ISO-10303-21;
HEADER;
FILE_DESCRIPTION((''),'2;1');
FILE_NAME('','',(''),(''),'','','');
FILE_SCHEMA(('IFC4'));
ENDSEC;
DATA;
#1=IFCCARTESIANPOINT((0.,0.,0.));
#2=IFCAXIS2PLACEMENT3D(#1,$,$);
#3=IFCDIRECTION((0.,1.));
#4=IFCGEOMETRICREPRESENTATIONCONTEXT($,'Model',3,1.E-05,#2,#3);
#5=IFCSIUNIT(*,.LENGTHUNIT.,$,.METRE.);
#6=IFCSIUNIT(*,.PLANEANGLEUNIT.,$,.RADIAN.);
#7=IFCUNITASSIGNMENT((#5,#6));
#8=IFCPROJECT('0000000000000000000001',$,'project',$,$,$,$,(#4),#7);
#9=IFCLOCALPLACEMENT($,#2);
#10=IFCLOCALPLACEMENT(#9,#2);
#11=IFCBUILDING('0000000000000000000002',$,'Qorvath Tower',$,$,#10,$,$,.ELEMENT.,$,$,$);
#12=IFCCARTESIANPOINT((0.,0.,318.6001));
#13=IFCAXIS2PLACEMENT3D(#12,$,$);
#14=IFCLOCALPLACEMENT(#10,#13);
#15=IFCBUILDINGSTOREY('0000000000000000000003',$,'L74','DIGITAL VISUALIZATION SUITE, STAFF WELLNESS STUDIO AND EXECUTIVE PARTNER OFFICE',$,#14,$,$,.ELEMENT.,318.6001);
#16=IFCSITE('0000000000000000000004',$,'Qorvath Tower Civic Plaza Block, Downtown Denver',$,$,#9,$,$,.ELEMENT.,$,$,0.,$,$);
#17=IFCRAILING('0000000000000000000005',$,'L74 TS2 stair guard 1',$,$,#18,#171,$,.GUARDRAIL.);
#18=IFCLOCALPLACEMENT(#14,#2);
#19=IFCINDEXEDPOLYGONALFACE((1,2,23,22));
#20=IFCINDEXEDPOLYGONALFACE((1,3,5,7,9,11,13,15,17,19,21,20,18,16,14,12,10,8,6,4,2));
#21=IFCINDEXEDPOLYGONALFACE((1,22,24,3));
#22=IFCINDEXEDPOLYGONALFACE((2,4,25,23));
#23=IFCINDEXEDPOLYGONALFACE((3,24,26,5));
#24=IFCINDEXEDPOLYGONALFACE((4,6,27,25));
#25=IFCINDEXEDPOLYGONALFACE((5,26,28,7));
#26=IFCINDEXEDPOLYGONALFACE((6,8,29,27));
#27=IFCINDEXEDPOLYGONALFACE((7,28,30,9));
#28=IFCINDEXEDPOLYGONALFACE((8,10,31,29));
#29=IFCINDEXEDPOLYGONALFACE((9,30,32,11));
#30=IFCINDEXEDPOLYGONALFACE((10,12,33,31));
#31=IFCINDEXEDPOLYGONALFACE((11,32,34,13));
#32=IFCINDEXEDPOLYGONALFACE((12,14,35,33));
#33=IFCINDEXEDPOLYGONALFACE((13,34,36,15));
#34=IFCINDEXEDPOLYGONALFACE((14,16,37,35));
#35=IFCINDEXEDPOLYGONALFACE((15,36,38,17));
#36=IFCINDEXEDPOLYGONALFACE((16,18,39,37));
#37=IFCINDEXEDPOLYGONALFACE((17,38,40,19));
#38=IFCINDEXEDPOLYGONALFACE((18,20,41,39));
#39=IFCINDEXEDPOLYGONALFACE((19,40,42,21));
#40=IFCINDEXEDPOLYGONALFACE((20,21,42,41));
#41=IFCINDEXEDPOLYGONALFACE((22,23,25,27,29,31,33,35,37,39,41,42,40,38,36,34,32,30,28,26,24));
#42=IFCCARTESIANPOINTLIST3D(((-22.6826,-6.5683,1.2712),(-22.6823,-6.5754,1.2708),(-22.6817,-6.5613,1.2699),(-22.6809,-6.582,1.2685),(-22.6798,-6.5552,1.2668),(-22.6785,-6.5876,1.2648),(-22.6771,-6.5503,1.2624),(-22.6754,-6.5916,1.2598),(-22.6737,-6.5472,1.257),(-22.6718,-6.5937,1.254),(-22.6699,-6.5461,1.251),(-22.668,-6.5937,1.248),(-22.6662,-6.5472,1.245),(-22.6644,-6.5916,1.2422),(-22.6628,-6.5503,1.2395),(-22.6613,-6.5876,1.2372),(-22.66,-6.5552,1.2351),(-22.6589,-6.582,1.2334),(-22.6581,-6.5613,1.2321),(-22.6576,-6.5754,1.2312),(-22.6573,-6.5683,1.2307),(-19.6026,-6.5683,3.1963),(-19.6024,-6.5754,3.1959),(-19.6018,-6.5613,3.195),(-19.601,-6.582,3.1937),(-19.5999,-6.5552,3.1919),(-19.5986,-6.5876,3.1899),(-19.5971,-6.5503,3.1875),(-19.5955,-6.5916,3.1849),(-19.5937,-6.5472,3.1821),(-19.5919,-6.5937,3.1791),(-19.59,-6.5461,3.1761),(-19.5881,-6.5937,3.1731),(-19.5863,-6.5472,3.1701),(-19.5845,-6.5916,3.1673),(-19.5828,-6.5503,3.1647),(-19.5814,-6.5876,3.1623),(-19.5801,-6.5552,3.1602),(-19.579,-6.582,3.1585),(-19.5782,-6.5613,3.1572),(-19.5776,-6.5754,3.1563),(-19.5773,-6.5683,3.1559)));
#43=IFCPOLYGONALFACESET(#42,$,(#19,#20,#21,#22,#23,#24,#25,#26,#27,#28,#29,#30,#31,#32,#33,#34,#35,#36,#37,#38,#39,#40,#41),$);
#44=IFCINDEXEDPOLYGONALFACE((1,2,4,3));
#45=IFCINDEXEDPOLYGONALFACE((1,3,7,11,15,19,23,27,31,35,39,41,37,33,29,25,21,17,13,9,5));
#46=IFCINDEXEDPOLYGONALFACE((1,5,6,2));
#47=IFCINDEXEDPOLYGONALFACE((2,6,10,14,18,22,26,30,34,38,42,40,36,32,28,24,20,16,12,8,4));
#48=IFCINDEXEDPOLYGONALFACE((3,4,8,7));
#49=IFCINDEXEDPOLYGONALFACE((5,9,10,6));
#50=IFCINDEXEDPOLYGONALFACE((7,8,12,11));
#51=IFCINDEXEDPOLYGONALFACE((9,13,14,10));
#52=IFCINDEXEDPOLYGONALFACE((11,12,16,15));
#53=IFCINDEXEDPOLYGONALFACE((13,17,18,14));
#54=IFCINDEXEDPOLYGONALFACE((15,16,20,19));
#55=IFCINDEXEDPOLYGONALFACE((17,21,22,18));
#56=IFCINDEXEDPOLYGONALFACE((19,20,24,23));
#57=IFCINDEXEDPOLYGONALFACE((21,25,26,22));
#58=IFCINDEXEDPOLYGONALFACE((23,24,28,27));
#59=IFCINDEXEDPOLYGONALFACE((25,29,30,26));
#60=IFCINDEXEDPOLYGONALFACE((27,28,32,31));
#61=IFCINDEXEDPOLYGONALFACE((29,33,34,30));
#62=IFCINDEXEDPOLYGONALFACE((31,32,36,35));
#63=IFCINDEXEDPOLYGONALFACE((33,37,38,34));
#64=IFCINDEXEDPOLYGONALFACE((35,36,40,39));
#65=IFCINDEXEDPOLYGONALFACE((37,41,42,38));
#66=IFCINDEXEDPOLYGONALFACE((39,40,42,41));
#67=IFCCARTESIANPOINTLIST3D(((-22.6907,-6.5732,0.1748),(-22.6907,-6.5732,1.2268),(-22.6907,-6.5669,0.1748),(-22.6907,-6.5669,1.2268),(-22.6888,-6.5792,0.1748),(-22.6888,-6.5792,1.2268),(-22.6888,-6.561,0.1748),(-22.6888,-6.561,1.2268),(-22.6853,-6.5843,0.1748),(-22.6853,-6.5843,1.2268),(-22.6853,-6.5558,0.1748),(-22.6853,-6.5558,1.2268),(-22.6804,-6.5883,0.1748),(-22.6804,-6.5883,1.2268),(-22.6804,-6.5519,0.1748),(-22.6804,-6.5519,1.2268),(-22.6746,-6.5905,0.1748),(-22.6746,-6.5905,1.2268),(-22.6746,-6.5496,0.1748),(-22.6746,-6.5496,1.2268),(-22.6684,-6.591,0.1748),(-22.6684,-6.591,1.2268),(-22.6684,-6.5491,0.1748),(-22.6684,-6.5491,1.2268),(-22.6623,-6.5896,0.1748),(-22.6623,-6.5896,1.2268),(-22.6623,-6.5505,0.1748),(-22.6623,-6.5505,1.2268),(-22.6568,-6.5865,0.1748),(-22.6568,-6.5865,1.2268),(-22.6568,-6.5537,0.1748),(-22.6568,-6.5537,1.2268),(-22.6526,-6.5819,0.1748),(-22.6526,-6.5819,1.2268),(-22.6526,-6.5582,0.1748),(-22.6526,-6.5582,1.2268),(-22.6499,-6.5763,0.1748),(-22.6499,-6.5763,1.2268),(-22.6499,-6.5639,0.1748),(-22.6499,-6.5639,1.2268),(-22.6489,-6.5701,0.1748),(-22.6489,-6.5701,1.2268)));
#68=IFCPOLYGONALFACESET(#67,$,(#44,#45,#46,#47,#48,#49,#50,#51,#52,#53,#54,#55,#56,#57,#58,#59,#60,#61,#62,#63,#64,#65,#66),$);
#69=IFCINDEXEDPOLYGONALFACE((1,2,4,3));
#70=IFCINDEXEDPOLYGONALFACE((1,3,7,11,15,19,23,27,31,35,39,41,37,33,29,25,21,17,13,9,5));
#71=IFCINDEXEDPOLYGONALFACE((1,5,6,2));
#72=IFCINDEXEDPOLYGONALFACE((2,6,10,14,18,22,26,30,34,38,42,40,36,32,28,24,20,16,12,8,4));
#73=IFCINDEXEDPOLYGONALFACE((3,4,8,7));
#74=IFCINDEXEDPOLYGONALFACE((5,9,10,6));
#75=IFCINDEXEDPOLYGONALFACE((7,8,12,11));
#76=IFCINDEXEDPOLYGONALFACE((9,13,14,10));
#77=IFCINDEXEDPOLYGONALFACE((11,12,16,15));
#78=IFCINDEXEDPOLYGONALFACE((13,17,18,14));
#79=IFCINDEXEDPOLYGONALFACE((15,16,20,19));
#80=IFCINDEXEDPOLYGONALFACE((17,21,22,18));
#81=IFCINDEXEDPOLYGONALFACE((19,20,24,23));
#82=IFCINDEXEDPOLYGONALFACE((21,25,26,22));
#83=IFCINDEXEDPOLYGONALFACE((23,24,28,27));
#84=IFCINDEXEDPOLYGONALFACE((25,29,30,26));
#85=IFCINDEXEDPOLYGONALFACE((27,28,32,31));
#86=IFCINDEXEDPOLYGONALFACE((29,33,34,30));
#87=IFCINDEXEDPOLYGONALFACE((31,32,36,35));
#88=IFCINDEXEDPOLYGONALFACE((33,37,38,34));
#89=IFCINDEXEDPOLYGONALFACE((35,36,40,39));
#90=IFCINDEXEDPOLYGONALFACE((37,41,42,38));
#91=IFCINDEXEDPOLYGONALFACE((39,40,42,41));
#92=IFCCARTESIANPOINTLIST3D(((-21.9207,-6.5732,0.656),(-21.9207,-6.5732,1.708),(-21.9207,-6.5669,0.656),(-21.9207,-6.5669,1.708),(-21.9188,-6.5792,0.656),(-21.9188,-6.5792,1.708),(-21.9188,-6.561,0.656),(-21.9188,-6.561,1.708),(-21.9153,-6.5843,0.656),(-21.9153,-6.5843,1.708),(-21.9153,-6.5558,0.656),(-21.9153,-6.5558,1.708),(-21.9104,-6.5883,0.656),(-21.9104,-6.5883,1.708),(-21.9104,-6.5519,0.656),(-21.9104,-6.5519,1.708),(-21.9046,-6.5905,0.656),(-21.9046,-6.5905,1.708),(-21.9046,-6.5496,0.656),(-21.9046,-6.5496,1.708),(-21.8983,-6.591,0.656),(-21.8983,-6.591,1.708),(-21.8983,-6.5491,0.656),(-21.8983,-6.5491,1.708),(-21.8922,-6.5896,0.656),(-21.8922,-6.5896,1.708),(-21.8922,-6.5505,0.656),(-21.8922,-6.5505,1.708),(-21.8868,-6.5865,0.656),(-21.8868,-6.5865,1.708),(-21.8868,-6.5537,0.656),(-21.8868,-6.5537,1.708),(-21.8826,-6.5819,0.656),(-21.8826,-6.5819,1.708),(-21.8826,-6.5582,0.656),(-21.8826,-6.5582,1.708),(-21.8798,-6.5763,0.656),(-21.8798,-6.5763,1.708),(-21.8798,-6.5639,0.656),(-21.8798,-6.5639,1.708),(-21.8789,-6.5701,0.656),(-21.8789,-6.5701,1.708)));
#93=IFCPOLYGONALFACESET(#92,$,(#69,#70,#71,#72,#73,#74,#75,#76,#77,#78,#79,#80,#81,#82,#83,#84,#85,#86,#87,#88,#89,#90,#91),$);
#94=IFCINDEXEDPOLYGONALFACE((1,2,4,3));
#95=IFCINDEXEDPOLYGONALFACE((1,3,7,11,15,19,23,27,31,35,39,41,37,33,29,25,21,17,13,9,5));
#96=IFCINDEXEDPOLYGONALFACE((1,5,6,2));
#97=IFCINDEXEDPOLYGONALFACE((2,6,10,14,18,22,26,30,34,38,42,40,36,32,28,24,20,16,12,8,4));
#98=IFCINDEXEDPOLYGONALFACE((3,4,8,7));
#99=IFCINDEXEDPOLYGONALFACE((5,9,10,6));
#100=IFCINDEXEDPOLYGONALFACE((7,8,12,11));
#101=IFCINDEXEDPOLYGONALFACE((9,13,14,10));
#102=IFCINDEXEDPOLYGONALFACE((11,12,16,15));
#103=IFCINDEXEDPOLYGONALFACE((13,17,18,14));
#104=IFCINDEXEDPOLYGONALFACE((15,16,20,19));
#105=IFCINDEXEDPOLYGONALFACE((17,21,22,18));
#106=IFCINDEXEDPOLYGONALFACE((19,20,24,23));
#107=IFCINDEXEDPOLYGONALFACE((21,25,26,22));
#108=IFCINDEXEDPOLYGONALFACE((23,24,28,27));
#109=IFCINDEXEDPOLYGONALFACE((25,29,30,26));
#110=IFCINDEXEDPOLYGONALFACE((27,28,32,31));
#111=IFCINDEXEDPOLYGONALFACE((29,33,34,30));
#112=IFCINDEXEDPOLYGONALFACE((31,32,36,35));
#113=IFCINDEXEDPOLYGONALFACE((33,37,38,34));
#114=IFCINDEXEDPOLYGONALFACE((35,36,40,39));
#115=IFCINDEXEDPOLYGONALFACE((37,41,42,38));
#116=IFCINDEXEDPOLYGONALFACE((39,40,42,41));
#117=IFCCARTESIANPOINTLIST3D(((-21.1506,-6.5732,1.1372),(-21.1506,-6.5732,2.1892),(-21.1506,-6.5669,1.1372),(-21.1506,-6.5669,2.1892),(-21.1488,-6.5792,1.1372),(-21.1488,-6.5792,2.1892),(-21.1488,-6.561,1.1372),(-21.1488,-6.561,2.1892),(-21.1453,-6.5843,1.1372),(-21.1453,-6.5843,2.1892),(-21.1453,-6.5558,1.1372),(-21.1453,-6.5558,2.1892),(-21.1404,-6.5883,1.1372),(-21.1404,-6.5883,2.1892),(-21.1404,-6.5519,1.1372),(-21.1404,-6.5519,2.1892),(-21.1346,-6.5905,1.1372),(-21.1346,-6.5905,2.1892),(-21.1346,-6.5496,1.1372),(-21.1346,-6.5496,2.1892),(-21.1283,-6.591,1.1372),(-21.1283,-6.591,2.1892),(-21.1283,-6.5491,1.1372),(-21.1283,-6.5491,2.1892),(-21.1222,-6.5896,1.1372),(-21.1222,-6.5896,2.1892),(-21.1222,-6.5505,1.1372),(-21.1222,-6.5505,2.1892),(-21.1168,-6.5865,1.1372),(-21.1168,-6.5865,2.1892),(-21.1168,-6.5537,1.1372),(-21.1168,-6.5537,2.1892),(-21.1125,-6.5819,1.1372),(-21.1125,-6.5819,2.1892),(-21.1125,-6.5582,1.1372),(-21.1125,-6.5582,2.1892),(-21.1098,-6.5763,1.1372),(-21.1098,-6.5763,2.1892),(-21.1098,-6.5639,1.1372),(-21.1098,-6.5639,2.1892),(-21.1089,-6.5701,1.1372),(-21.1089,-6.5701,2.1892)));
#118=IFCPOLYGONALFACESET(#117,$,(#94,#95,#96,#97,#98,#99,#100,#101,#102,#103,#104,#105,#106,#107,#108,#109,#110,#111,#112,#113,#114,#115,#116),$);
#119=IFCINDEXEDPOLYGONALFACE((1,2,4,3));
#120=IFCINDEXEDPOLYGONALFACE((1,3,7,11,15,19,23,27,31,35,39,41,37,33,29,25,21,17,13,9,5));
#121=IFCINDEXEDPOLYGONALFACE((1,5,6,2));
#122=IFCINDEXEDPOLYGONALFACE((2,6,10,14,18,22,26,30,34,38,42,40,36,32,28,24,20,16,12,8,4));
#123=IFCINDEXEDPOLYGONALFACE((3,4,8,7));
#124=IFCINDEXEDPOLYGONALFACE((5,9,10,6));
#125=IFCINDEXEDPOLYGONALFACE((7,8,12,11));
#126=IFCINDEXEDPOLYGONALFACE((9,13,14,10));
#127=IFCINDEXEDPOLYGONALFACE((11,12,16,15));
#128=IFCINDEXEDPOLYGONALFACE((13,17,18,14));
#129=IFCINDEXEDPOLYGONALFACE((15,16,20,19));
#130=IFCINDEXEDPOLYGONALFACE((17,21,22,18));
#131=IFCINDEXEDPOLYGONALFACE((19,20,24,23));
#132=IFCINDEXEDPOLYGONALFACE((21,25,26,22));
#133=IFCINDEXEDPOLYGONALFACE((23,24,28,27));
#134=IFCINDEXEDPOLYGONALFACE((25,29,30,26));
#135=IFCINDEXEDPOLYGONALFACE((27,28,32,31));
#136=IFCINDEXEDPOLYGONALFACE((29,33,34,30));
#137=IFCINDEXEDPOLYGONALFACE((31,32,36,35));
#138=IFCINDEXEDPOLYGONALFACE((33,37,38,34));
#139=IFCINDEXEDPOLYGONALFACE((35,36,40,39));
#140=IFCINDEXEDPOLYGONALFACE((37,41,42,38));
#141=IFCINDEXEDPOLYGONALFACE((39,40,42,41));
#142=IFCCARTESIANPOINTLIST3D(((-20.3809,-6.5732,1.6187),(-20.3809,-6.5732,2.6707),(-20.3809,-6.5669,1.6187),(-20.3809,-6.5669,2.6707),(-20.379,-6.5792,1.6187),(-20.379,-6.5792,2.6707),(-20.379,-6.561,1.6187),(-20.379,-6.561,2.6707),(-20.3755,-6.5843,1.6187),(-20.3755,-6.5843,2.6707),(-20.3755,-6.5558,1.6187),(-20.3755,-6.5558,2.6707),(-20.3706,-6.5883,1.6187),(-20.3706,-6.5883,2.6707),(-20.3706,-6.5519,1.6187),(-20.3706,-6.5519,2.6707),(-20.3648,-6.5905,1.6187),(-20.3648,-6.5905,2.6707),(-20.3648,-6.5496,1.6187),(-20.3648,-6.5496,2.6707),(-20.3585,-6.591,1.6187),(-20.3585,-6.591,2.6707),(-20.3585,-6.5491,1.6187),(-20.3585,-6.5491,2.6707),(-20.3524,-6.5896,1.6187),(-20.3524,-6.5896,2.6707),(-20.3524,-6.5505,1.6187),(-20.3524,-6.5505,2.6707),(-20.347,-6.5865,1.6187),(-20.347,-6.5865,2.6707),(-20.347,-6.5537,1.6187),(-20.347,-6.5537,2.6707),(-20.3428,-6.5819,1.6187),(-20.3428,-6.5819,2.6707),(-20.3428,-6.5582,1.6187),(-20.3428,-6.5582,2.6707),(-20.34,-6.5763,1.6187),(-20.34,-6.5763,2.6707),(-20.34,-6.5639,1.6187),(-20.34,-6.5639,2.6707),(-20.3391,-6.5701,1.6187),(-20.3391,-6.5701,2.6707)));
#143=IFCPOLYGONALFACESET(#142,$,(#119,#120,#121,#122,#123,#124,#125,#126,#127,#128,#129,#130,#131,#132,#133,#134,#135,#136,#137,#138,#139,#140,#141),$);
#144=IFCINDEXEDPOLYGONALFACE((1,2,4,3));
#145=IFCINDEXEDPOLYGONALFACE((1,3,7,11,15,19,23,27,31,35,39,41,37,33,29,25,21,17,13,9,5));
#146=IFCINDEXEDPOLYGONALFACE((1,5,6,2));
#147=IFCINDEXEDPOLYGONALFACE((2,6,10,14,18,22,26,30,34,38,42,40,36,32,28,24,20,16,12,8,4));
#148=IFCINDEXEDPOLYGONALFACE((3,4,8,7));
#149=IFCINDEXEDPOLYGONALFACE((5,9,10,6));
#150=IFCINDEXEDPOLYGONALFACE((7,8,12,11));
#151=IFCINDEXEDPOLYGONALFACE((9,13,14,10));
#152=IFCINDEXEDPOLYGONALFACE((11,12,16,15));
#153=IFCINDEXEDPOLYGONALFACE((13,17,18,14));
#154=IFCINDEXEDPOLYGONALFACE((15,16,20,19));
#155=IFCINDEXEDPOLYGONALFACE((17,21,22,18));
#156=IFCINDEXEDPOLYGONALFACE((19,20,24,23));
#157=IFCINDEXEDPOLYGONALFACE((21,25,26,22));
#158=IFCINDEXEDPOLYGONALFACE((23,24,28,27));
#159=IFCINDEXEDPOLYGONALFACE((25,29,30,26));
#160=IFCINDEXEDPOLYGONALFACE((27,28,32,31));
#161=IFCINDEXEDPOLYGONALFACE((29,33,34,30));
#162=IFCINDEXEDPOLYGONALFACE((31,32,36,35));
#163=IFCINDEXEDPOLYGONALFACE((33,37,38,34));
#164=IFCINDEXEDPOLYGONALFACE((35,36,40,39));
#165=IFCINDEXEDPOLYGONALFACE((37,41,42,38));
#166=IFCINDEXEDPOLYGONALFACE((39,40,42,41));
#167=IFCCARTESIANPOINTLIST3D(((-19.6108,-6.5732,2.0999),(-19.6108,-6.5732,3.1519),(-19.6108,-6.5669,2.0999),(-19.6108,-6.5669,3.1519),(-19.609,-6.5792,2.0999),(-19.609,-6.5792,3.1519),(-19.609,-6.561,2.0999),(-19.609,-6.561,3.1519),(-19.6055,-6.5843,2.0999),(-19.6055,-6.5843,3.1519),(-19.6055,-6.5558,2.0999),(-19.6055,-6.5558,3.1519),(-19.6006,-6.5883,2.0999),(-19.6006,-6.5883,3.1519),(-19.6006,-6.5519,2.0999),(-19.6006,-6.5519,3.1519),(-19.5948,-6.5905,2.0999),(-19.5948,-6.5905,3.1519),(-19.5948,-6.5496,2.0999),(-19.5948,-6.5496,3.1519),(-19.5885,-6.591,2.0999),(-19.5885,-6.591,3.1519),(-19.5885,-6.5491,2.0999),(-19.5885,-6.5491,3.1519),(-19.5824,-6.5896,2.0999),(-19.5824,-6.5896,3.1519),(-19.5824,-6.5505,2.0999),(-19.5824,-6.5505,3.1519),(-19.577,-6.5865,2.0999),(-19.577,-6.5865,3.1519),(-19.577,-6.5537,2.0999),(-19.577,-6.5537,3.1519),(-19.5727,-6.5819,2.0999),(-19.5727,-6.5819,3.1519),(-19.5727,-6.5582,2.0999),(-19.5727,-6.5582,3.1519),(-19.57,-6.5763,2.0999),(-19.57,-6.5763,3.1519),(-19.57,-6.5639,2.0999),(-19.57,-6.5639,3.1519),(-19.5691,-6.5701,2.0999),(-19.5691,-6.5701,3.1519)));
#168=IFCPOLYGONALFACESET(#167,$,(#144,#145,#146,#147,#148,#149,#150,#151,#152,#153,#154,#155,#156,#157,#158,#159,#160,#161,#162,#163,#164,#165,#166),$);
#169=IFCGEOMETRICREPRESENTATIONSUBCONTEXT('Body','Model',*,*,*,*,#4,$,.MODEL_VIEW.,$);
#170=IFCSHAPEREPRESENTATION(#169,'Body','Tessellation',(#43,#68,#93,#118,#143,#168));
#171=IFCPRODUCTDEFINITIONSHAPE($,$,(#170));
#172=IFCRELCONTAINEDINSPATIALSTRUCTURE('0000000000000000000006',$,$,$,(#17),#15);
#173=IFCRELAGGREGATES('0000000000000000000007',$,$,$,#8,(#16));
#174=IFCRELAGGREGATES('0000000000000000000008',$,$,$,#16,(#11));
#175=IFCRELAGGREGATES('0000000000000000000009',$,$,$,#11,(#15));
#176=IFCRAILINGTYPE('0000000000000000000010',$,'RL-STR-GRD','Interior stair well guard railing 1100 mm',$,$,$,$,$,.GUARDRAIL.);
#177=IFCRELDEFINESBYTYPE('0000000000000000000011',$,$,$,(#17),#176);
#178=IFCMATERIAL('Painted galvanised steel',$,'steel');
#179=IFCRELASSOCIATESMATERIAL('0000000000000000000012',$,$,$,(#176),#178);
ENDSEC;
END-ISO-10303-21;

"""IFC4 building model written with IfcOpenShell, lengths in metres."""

from ifc_helpers import new_model, si_unit, direction, frame, origin, origin_2d, place, context, subcontext, project, spatial, circle, extrude, material, type_object, element, save


model = new_model("IFC4")

# Units and contexts
model_context = context("Model", 3, precision=1e-05, world=origin(), true_north=direction((0.0, 1.0)))
body_context = subcontext(model_context, "Body", "Model", "MODEL_VIEW")
ifc_project = project(units=[si_unit("LENGTHUNIT", "METRE"), si_unit("PLANEANGLEUNIT", "RADIAN")], contexts=[model_context])

# Site, building, storey
site_placement = place(None, origin())
site = spatial("IfcSite", under=ifc_project, at=site_placement, Name="Qorvath Tower Civic Plaza Block, Downtown Denver", CompositionType="ELEMENT", RefElevation=0.0)
building_placement = place(site_placement, origin())
building = spatial("IfcBuilding", under=site, at=building_placement, Name="Qorvath Tower", CompositionType="ELEMENT")
storey_placement = place(building_placement, frame((0.0, 0.0, 318.6001)))
storey = spatial("IfcBuildingStorey", under=building, at=storey_placement, Name="L74", Description="DIGITAL VISUALIZATION SUITE, STAFF WELLNESS STUDIO AND EXECUTIVE PARTNER OFFICE", CompositionType="ELEMENT", Elevation=318.6001)

# Railing
ifc_material_1 = material(Name="Painted galvanised steel", Category="steel")
railing_type_1 = type_object("IfcRailingType", Name="RL-STR-GRD", Description="Interior stair well guard railing 1100 mm", PredefinedType="GUARDRAIL", material=ifc_material_1)
railing_1_placement = place(storey_placement, frame((-22.6699, -6.5701, 0.1748)))
element("IfcRailing", 1, at=railing_1_placement, inside=storey, type_object=railing_type_1, Name="L74 TS2 stair guard 1", PredefinedType="GUARDRAIL", context=body_context, shape_type="SweptSolid", body=[
    extrude(circle(Radius=0.0239, at=origin_2d()), frame((0.0, 0.0, 1.0762), z_axis=(0.847979, 0.0, 0.530029), x_axis=(0.0, 1.0, 0.0)), (0.0, 0.0, 1.0), 3.6321),
    extrude(circle(Radius=0.021, at=origin_2d()), origin(), (0.0, 0.0, 1.0), 1.052),
    extrude(circle(Radius=0.021, at=origin_2d()), frame((0.77, 0.0, 0.4812)), (0.0, 0.0, 1.0), 1.052),
    extrude(circle(Radius=0.021, at=origin_2d()), frame((1.54, 0.0, 0.9624)), (0.0, 0.0, 1.0), 1.052),
    extrude(circle(Radius=0.021, at=origin_2d()), frame((2.3098, 0.0, 1.4438)), (0.0, 0.0, 1.0), 1.052),
    extrude(circle(Radius=0.021, at=origin_2d()), frame((3.0798, 0.0, 1.925)), (0.0, 0.0, 1.0), 1.052),
])

save(model, "model.ifc")
